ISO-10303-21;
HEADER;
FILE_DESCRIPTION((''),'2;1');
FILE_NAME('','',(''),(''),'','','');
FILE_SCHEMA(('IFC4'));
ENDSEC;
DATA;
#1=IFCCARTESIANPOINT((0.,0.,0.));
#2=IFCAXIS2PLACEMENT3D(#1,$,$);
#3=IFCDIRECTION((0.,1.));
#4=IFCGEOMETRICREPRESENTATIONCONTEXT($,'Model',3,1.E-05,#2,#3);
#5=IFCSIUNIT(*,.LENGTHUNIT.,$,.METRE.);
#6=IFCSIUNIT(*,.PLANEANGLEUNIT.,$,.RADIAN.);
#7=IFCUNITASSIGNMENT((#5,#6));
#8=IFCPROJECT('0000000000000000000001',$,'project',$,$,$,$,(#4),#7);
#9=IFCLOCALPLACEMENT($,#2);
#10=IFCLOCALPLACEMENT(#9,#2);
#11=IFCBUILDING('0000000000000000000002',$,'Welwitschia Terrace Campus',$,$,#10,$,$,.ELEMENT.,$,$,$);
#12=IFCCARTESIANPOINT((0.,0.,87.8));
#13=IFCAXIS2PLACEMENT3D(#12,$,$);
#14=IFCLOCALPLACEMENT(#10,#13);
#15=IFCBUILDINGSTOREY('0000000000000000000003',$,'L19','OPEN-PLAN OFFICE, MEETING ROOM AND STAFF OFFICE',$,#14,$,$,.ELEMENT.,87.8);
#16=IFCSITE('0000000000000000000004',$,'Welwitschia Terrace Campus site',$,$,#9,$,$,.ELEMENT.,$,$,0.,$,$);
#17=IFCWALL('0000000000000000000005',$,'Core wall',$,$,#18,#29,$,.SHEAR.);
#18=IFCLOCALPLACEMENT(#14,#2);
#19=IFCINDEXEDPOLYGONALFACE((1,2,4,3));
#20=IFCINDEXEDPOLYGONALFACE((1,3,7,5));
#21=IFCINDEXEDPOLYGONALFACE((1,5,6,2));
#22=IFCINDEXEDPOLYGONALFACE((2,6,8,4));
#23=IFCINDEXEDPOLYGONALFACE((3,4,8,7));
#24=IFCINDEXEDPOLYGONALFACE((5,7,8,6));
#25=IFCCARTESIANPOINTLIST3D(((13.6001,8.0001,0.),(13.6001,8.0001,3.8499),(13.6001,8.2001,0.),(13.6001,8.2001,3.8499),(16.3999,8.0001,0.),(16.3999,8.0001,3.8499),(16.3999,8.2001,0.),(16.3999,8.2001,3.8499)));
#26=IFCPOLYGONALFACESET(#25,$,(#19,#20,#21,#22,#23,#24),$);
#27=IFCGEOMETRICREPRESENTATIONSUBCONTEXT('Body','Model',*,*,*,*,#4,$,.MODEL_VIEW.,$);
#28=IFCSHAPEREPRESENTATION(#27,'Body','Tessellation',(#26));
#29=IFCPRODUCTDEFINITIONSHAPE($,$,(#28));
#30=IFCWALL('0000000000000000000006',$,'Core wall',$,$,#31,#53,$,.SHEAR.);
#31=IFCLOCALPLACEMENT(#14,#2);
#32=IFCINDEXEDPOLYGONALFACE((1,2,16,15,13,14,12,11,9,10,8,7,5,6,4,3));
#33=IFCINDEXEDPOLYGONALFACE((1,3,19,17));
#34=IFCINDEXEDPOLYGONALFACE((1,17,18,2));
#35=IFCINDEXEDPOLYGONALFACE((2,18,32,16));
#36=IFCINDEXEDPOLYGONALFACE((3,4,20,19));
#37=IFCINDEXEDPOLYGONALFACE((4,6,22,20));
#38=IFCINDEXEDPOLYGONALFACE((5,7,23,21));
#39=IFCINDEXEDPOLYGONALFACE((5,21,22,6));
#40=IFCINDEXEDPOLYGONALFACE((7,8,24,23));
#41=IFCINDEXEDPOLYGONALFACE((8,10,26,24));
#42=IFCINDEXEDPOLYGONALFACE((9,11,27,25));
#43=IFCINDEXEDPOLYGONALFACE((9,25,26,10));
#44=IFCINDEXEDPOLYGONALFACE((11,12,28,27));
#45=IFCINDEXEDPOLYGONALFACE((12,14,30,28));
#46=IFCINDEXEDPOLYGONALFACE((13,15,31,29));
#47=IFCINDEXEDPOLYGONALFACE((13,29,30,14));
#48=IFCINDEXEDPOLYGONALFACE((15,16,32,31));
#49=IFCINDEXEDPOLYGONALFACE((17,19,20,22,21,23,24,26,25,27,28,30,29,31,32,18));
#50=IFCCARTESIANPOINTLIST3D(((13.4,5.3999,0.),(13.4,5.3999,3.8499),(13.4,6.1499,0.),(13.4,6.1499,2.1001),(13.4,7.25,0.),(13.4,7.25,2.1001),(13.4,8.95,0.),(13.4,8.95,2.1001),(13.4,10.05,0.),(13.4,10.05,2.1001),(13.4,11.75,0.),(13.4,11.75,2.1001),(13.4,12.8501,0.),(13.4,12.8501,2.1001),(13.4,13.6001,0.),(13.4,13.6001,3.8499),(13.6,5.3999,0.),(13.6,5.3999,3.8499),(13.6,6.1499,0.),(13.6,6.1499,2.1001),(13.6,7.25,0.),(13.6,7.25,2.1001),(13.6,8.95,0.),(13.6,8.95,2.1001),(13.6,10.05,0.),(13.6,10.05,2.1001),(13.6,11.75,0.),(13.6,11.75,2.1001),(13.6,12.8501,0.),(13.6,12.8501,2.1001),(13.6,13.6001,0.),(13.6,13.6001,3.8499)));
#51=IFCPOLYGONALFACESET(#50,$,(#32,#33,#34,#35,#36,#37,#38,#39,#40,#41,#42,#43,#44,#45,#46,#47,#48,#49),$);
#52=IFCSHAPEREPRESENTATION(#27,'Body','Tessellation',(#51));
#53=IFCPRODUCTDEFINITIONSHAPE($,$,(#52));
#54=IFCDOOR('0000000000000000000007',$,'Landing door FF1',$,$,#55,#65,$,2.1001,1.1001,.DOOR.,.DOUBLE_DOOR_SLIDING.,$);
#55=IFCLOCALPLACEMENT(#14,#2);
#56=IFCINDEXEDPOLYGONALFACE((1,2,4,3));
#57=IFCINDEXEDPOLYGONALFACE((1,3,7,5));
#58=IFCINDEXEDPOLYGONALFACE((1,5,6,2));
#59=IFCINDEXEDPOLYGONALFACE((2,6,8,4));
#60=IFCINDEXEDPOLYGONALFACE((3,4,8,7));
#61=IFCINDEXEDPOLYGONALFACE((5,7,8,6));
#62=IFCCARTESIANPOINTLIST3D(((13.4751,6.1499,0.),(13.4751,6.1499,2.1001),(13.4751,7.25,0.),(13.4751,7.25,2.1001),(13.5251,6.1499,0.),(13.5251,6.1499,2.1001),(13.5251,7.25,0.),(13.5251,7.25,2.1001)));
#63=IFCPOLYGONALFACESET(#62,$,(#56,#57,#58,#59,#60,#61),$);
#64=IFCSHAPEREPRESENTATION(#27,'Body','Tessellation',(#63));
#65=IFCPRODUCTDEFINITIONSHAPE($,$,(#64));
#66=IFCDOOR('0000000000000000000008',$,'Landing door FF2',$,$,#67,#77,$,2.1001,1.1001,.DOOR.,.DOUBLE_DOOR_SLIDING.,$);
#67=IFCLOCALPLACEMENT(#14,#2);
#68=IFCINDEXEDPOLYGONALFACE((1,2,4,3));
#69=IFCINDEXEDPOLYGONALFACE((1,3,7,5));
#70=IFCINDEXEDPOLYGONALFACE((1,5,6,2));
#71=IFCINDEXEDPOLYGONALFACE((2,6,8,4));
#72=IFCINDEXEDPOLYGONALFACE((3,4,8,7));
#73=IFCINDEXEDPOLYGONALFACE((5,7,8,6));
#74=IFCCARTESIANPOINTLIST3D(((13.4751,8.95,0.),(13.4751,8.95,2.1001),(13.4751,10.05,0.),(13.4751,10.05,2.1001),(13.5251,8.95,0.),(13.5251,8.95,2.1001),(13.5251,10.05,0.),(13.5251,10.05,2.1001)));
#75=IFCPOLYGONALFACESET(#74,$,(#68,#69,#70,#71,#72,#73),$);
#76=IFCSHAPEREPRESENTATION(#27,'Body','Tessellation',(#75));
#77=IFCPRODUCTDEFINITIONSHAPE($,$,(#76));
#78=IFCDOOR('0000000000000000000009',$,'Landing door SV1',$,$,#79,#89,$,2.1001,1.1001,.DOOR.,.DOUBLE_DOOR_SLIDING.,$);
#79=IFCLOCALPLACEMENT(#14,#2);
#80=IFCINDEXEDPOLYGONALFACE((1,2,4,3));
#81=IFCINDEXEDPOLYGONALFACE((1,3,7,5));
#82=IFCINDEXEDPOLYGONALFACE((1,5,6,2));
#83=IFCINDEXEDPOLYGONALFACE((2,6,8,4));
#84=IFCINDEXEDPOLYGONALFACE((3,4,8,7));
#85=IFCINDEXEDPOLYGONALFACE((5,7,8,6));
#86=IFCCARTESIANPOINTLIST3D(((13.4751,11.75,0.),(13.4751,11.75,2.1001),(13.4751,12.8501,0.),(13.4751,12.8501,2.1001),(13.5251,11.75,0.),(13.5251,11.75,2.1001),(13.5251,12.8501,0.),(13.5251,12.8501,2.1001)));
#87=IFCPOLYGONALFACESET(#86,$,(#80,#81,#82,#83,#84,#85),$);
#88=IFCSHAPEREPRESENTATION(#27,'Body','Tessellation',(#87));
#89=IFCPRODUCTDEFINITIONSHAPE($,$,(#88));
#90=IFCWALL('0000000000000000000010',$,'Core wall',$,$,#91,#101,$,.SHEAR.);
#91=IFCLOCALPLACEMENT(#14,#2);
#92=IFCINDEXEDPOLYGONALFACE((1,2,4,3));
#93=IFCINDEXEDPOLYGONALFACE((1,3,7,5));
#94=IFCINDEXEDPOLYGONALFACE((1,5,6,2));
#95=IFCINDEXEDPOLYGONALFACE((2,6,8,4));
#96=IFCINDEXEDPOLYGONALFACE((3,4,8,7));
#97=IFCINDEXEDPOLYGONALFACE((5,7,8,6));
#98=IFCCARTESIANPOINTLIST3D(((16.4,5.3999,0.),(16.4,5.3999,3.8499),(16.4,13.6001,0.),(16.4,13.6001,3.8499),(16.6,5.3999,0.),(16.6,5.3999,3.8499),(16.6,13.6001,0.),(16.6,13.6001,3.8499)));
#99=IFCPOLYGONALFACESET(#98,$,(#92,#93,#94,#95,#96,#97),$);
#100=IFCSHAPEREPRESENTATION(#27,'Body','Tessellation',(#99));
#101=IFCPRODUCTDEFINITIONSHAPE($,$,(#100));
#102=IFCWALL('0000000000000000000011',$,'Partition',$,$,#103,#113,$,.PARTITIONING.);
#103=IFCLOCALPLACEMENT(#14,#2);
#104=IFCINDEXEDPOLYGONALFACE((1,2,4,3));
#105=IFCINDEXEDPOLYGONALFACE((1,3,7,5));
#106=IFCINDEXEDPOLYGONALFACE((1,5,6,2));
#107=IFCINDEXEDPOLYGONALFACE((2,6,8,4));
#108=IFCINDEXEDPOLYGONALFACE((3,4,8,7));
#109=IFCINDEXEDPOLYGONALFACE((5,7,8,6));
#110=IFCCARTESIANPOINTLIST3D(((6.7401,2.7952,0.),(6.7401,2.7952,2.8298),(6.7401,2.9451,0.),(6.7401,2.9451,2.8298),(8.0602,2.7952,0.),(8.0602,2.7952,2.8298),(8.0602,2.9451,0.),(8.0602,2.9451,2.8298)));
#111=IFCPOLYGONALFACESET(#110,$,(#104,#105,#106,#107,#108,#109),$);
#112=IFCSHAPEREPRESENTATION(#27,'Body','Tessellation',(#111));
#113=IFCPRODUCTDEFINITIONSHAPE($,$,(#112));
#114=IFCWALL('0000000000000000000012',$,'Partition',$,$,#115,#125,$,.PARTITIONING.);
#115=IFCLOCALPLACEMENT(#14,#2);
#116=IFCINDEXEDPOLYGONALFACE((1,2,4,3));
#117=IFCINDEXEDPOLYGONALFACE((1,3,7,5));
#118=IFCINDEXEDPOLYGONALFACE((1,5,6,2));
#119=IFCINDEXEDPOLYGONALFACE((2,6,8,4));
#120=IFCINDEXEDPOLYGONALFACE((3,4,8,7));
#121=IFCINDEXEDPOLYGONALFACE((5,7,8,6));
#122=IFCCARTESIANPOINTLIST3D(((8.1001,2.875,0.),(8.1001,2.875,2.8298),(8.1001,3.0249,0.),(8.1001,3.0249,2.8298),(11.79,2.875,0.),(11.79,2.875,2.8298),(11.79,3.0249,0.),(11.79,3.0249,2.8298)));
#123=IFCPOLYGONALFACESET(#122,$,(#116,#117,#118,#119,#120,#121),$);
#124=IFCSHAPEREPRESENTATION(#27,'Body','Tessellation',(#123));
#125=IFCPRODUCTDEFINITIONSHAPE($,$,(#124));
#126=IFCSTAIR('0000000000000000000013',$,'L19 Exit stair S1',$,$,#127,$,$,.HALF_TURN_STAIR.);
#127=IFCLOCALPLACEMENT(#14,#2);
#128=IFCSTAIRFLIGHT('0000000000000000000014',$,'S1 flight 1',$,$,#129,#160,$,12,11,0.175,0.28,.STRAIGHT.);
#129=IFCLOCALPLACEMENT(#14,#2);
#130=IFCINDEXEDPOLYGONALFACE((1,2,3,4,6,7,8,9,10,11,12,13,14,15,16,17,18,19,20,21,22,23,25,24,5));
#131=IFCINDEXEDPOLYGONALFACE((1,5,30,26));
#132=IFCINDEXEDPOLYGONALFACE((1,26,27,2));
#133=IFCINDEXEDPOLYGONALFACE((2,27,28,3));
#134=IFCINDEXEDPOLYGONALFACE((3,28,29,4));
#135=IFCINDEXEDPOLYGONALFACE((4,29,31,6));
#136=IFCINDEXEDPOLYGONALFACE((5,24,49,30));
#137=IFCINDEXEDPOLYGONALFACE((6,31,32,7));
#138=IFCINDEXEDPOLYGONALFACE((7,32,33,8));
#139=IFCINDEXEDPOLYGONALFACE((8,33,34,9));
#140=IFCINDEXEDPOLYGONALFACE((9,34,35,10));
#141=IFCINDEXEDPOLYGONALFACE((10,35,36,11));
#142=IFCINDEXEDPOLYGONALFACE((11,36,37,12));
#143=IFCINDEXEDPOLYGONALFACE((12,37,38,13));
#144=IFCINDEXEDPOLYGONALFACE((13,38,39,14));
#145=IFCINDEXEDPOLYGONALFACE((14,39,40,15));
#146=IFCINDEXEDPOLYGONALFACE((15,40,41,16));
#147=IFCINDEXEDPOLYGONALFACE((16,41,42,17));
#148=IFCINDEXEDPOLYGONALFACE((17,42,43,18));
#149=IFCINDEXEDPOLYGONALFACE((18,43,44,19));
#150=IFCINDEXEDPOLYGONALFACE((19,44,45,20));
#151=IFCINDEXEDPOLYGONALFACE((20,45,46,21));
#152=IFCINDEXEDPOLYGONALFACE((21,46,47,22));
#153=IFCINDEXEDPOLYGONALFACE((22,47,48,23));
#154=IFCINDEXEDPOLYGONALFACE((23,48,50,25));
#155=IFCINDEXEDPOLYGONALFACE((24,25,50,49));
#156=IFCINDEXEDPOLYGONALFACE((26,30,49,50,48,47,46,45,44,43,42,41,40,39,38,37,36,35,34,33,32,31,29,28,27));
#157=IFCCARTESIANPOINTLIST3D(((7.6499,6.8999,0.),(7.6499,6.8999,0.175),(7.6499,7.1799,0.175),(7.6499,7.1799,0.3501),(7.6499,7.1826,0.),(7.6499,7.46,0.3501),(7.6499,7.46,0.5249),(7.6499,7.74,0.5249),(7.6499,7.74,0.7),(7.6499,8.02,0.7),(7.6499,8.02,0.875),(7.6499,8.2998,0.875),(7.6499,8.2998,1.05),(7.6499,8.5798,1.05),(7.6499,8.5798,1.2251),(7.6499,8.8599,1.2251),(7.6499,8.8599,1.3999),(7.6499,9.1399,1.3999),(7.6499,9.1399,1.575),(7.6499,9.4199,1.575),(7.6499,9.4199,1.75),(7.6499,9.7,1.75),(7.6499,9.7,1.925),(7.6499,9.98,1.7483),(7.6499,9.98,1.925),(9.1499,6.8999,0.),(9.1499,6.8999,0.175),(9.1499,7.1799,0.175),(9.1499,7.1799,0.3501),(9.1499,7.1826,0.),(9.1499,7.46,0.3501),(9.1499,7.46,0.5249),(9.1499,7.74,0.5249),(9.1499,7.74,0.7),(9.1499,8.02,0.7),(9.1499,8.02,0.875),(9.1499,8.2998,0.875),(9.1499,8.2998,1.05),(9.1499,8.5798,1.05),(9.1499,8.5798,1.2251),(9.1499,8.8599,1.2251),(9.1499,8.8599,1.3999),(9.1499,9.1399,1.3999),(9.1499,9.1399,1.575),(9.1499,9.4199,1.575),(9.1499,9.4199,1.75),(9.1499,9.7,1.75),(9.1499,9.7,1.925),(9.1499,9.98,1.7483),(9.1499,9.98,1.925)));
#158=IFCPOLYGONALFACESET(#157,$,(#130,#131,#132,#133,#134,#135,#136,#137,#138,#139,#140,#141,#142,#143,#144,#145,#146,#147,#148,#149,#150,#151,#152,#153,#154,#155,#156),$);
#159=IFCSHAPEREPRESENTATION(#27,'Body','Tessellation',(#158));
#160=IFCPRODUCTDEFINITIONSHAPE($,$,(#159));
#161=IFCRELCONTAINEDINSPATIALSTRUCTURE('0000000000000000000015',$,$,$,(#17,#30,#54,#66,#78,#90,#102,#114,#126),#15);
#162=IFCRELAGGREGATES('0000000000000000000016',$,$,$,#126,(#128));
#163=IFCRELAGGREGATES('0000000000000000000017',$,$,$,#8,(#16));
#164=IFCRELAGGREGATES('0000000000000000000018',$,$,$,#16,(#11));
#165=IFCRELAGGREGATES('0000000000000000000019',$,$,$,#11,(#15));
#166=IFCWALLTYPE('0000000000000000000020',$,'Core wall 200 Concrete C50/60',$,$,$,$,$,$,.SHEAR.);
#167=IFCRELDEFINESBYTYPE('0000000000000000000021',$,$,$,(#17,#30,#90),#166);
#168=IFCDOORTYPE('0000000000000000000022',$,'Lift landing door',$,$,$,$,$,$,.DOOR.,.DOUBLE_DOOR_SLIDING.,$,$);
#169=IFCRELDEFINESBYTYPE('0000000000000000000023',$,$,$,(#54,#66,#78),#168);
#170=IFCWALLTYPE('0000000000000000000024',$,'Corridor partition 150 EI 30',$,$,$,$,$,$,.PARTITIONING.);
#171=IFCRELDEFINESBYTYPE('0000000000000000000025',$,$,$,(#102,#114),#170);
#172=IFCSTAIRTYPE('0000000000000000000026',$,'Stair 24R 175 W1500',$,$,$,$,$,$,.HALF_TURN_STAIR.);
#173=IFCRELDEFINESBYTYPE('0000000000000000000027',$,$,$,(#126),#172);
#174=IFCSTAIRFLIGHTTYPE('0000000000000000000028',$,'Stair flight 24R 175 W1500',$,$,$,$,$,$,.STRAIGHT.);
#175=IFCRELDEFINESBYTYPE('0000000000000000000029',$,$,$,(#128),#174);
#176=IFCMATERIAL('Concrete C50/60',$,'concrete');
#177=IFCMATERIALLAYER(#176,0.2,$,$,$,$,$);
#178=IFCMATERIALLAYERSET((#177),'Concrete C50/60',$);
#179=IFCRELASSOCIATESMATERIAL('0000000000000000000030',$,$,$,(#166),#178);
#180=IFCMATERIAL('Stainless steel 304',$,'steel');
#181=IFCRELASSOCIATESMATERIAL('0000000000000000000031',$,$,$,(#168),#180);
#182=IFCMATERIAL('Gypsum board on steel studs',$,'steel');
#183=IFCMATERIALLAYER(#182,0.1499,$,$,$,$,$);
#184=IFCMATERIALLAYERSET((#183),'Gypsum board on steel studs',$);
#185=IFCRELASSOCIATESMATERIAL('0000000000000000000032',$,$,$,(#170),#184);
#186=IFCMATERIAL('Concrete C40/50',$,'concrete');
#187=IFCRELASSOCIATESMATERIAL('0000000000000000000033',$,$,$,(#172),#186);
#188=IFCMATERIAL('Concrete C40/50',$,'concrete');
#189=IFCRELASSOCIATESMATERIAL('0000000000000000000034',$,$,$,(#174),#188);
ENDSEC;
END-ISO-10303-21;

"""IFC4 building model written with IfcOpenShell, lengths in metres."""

from ifc_helpers import new_model, si_unit, direction, frame, frame_2d, origin, place, context, subcontext, project, spatial, polyline, rectangle, outline, extrude, material, layer, layer_set, type_object, element, fill, aggregate, save


model = new_model("IFC4")

# Units and contexts
model_context = context("Model", 3, precision=1e-05, world=origin(), true_north=direction((0.0, 1.0)))
body_context = subcontext(model_context, "Body", "Model", "MODEL_VIEW")
ifc_project = project(units=[si_unit("LENGTHUNIT", "METRE"), si_unit("PLANEANGLEUNIT", "RADIAN")], contexts=[model_context])

# Site, building, storey
site_placement = place(None, origin())
site = spatial("IfcSite", under=ifc_project, at=site_placement, Name="Welwitschia Terrace Campus site", CompositionType="ELEMENT", RefElevation=0.0)
building_placement = place(site_placement, origin())
building = spatial("IfcBuilding", under=site, at=building_placement, Name="Welwitschia Terrace Campus", CompositionType="ELEMENT")
storey_placement = place(building_placement, frame((0.0, 0.0, 87.8)))
storey = spatial("IfcBuildingStorey", under=building, at=storey_placement, Name="L19", Description="OPEN-PLAN OFFICE, MEETING ROOM AND STAFF OFFICE", CompositionType="ELEMENT", Elevation=87.8)

# Wall
ifc_material_1 = material(Name="Concrete C50/60", Category="concrete")
ifc_layer_1 = layer(ifc_material_1, 0.2)
ifc_layer_set_1 = layer_set([ifc_layer_1], Name="Concrete C50/60")
wall_type_1 = type_object("IfcWallType", Name="Core wall 200 Concrete C50/60", PredefinedType="SHEAR", material=ifc_layer_set_1)
wall_1_placement = place(storey_placement, frame((13.6001, 8.1001, 0.0), z_axis=(0.0, 0.0, 1.0), x_axis=(1.0, 0.0, 0.0)))
element("IfcWall", 1, at=wall_1_placement, inside=storey, type_object=wall_type_1, Name="Core wall", PredefinedType="SHEAR", context=body_context, shape_type="SweptSolid", body=[
    extrude(rectangle(XDim=2.7998, YDim=0.2, at=frame_2d((1.3999, 0.0))), origin(), (0.0, 0.0, 1.0), 3.8499),
])

# Wall, openings, doors
wall_2_placement = place(storey_placement, frame((13.5, 5.3999, 0.0), z_axis=(0.0, 0.0, 1.0), x_axis=(0.0, 1.0, 0.0)))
wall_2 = element("IfcWall", 2, at=wall_2_placement, inside=storey, type_object=wall_type_1, Name="Core wall", PredefinedType="SHEAR", context=body_context, shape_type="SweptSolid", body=[
    extrude(rectangle(XDim=8.2002, YDim=0.2, at=frame_2d((4.1001, 0.0))), origin(), (0.0, 0.0, 1.0), 3.8499),
])
opening_1_placement = place(wall_2_placement, frame((0.75, 0.0, 0.0)))
opening_1 = element("IfcOpeningElement", 3, at=opening_1_placement, cuts=wall_2, PredefinedType="OPENING", context=body_context, shape_type="SweptSolid", body=[
    extrude(rectangle(XDim=1.1001, YDim=2.1001, at=frame_2d((0.55, 1.05))), frame((0.0, 0.1099, 0.0), z_axis=(0.0, -1.0, 0.0), x_axis=(1.0, 0.0, 0.0)), (0.0, 0.0, 1.0), 0.22),
])
opening_2_placement = place(wall_2_placement, frame((3.55, 0.0, 0.0)))
opening_2 = element("IfcOpeningElement", 4, at=opening_2_placement, cuts=wall_2, PredefinedType="OPENING", context=body_context, shape_type="SweptSolid", body=[
    extrude(rectangle(XDim=1.1001, YDim=2.1001, at=frame_2d((0.55, 1.05))), frame((0.0, 0.1099, 0.0), z_axis=(0.0, -1.0, 0.0), x_axis=(1.0, 0.0, 0.0)), (0.0, 0.0, 1.0), 0.22),
])
opening_3_placement = place(wall_2_placement, frame((6.3501, 0.0, 0.0)))
opening_3 = element("IfcOpeningElement", 5, at=opening_3_placement, cuts=wall_2, PredefinedType="OPENING", context=body_context, shape_type="SweptSolid", body=[
    extrude(rectangle(XDim=1.1001, YDim=2.1001, at=frame_2d((0.55, 1.05))), frame((0.0, 0.1099, 0.0), z_axis=(0.0, -1.0, 0.0), x_axis=(1.0, 0.0, 0.0)), (0.0, 0.0, 1.0), 0.22),
])
ifc_material_2 = material(Name="Stainless steel 304", Category="steel")
door_type = type_object("IfcDoorType", Name="Lift landing door", OperationType="DOUBLE_DOOR_SLIDING", PredefinedType="DOOR", material=ifc_material_2)
door_1_placement = place(opening_1_placement, origin())
door_1 = element("IfcDoor", 6, at=door_1_placement, inside=storey, type_object=door_type, Name="Landing door FF1", OperationType="DOUBLE_DOOR_SLIDING", OverallHeight=2.1001, OverallWidth=1.1001, PredefinedType="DOOR", context=body_context, shape_type="SweptSolid", body=[
    extrude(rectangle(XDim=1.1001, YDim=2.1001, at=frame_2d((0.55, 1.05))), frame((0.0, 0.0249, 0.0), z_axis=(0.0, -1.0, 0.0), x_axis=(1.0, 0.0, 0.0)), (0.0, 0.0, 1.0), 0.05),
])
fill(opening_1, door_1)
door_2_placement = place(opening_2_placement, origin())
door_2 = element("IfcDoor", 7, at=door_2_placement, inside=storey, type_object=door_type, Name="Landing door FF2", OperationType="DOUBLE_DOOR_SLIDING", OverallHeight=2.1001, OverallWidth=1.1001, PredefinedType="DOOR", context=body_context, shape_type="SweptSolid", body=[
    extrude(rectangle(XDim=1.1001, YDim=2.1001, at=frame_2d((0.55, 1.05))), frame((0.0, 0.0249, 0.0), z_axis=(0.0, -1.0, 0.0), x_axis=(1.0, 0.0, 0.0)), (0.0, 0.0, 1.0), 0.05),
])
fill(opening_2, door_2)
door_3_placement = place(opening_3_placement, origin())
door_3 = element("IfcDoor", 8, at=door_3_placement, inside=storey, type_object=door_type, Name="Landing door SV1", OperationType="DOUBLE_DOOR_SLIDING", OverallHeight=2.1001, OverallWidth=1.1001, PredefinedType="DOOR", context=body_context, shape_type="SweptSolid", body=[
    extrude(rectangle(XDim=1.1001, YDim=2.1001, at=frame_2d((0.55, 1.05))), frame((0.0, 0.0249, 0.0), z_axis=(0.0, -1.0, 0.0), x_axis=(1.0, 0.0, 0.0)), (0.0, 0.0, 1.0), 0.05),
])
fill(opening_3, door_3)

# Walls
wall_3_placement = place(storey_placement, frame((16.5, 5.3999, 0.0), z_axis=(0.0, 0.0, 1.0), x_axis=(0.0, 1.0, 0.0)))
element("IfcWall", 9, at=wall_3_placement, inside=storey, type_object=wall_type_1, Name="Core wall", PredefinedType="SHEAR", context=body_context, shape_type="SweptSolid", body=[
    extrude(rectangle(XDim=8.2002, YDim=0.2, at=frame_2d((4.1001, 0.0))), origin(), (0.0, 0.0, 1.0), 3.8499),
])
ifc_material_3 = material(Name="Gypsum board on steel studs", Category="steel")
ifc_layer_2 = layer(ifc_material_3, 0.1499)
ifc_layer_set_2 = layer_set([ifc_layer_2], Name="Gypsum board on steel studs")
wall_type_2 = type_object("IfcWallType", Name="Corridor partition 150 EI 30", PredefinedType="PARTITIONING", material=ifc_layer_set_2)
wall_4_placement = place(storey_placement, frame((6.74, 2.8701, 0.0), z_axis=(0.0, 0.0, 1.0), x_axis=(1.0, 0.0, 0.0)))
element("IfcWall", 10, at=wall_4_placement, inside=storey, type_object=wall_type_2, Name="Partition", PredefinedType="PARTITIONING", context=body_context, shape_type="SweptSolid", body=[
    extrude(rectangle(XDim=1.3201, YDim=0.1499, at=frame_2d((0.6602, 0.0))), origin(), (0.0, 0.0, 1.0), 2.8298),
])
wall_5_placement = place(storey_placement, frame((8.1001, 2.95, 0.0), z_axis=(0.0, 0.0, 1.0), x_axis=(1.0, 0.0, 0.0)))
element("IfcWall", 11, at=wall_5_placement, inside=storey, type_object=wall_type_2, Name="Partition", PredefinedType="PARTITIONING", context=body_context, shape_type="SweptSolid", body=[
    extrude(rectangle(XDim=3.6899, YDim=0.1499, at=frame_2d((1.845, 0.0))), origin(), (0.0, 0.0, 1.0), 2.8298),
])

# Stair, stair flight
ifc_material_4 = material(Name="Concrete C40/50", Category="concrete")
stair_type = type_object("IfcStairType", Name="Stair 24R 175 W1500", PredefinedType="HALF_TURN_STAIR", material=ifc_material_4)
stair_placement = place(storey_placement, origin())
stair = element("IfcStair", 12, at=stair_placement, inside=storey, type_object=stair_type, Name="L19 Exit stair S1", PredefinedType="HALF_TURN_STAIR")
ifc_material_5 = material(Name="Concrete C40/50", Category="concrete")
stair_flight_type = type_object("IfcStairFlightType", Name="Stair flight 24R 175 W1500", PredefinedType="STRAIGHT", material=ifc_material_5)
stair_flight_1_placement = place(storey_placement, frame((8.3999, 6.8999, 0.0), z_axis=(0.0, 0.0, 1.0), x_axis=(0.0, 1.0, 0.0)))
stair_flight_1 = element("IfcStairFlight", 13, at=stair_flight_1_placement, type_object=stair_flight_type, Name="S1 flight 1", NumberOfRisers=12, NumberOfTreads=11, PredefinedType="STRAIGHT", RiserHeight=0.175, TreadLength=0.28, context=body_context, shape_type="SweptSolid", body=[
    extrude(outline(polyline([(0.0, 0.0), (0.0, 0.175), (0.28, 0.175), (0.28, 0.3501), (0.5601, 0.3501), (0.5601, 0.5249), (0.8401, 0.5249), (0.8401, 0.7), (1.1201, 0.7), (1.1201, 0.875), (1.3999, 0.875), (1.3999, 1.05), (1.6799, 1.05), (1.6799, 1.2251), (1.96, 1.2251), (1.96, 1.3999), (2.24, 1.3999), (2.24, 1.575), (2.52, 1.575), (2.52, 1.75), (2.8, 1.75), (2.8, 1.925), (3.0801, 1.925), (3.0801, 2.1001), (3.0801, 1.7483), (0.2827, 0.0), (0.0, 0.0)])), frame((0.0, 0.75, 0.0), z_axis=(0.0, -1.0, 0.0), x_axis=(1.0, 0.0, 0.0)), (0.0, 0.0, 1.0), 1.5),
])
aggregate(stair, [stair_flight_1])

save(model, "model.ifc")
